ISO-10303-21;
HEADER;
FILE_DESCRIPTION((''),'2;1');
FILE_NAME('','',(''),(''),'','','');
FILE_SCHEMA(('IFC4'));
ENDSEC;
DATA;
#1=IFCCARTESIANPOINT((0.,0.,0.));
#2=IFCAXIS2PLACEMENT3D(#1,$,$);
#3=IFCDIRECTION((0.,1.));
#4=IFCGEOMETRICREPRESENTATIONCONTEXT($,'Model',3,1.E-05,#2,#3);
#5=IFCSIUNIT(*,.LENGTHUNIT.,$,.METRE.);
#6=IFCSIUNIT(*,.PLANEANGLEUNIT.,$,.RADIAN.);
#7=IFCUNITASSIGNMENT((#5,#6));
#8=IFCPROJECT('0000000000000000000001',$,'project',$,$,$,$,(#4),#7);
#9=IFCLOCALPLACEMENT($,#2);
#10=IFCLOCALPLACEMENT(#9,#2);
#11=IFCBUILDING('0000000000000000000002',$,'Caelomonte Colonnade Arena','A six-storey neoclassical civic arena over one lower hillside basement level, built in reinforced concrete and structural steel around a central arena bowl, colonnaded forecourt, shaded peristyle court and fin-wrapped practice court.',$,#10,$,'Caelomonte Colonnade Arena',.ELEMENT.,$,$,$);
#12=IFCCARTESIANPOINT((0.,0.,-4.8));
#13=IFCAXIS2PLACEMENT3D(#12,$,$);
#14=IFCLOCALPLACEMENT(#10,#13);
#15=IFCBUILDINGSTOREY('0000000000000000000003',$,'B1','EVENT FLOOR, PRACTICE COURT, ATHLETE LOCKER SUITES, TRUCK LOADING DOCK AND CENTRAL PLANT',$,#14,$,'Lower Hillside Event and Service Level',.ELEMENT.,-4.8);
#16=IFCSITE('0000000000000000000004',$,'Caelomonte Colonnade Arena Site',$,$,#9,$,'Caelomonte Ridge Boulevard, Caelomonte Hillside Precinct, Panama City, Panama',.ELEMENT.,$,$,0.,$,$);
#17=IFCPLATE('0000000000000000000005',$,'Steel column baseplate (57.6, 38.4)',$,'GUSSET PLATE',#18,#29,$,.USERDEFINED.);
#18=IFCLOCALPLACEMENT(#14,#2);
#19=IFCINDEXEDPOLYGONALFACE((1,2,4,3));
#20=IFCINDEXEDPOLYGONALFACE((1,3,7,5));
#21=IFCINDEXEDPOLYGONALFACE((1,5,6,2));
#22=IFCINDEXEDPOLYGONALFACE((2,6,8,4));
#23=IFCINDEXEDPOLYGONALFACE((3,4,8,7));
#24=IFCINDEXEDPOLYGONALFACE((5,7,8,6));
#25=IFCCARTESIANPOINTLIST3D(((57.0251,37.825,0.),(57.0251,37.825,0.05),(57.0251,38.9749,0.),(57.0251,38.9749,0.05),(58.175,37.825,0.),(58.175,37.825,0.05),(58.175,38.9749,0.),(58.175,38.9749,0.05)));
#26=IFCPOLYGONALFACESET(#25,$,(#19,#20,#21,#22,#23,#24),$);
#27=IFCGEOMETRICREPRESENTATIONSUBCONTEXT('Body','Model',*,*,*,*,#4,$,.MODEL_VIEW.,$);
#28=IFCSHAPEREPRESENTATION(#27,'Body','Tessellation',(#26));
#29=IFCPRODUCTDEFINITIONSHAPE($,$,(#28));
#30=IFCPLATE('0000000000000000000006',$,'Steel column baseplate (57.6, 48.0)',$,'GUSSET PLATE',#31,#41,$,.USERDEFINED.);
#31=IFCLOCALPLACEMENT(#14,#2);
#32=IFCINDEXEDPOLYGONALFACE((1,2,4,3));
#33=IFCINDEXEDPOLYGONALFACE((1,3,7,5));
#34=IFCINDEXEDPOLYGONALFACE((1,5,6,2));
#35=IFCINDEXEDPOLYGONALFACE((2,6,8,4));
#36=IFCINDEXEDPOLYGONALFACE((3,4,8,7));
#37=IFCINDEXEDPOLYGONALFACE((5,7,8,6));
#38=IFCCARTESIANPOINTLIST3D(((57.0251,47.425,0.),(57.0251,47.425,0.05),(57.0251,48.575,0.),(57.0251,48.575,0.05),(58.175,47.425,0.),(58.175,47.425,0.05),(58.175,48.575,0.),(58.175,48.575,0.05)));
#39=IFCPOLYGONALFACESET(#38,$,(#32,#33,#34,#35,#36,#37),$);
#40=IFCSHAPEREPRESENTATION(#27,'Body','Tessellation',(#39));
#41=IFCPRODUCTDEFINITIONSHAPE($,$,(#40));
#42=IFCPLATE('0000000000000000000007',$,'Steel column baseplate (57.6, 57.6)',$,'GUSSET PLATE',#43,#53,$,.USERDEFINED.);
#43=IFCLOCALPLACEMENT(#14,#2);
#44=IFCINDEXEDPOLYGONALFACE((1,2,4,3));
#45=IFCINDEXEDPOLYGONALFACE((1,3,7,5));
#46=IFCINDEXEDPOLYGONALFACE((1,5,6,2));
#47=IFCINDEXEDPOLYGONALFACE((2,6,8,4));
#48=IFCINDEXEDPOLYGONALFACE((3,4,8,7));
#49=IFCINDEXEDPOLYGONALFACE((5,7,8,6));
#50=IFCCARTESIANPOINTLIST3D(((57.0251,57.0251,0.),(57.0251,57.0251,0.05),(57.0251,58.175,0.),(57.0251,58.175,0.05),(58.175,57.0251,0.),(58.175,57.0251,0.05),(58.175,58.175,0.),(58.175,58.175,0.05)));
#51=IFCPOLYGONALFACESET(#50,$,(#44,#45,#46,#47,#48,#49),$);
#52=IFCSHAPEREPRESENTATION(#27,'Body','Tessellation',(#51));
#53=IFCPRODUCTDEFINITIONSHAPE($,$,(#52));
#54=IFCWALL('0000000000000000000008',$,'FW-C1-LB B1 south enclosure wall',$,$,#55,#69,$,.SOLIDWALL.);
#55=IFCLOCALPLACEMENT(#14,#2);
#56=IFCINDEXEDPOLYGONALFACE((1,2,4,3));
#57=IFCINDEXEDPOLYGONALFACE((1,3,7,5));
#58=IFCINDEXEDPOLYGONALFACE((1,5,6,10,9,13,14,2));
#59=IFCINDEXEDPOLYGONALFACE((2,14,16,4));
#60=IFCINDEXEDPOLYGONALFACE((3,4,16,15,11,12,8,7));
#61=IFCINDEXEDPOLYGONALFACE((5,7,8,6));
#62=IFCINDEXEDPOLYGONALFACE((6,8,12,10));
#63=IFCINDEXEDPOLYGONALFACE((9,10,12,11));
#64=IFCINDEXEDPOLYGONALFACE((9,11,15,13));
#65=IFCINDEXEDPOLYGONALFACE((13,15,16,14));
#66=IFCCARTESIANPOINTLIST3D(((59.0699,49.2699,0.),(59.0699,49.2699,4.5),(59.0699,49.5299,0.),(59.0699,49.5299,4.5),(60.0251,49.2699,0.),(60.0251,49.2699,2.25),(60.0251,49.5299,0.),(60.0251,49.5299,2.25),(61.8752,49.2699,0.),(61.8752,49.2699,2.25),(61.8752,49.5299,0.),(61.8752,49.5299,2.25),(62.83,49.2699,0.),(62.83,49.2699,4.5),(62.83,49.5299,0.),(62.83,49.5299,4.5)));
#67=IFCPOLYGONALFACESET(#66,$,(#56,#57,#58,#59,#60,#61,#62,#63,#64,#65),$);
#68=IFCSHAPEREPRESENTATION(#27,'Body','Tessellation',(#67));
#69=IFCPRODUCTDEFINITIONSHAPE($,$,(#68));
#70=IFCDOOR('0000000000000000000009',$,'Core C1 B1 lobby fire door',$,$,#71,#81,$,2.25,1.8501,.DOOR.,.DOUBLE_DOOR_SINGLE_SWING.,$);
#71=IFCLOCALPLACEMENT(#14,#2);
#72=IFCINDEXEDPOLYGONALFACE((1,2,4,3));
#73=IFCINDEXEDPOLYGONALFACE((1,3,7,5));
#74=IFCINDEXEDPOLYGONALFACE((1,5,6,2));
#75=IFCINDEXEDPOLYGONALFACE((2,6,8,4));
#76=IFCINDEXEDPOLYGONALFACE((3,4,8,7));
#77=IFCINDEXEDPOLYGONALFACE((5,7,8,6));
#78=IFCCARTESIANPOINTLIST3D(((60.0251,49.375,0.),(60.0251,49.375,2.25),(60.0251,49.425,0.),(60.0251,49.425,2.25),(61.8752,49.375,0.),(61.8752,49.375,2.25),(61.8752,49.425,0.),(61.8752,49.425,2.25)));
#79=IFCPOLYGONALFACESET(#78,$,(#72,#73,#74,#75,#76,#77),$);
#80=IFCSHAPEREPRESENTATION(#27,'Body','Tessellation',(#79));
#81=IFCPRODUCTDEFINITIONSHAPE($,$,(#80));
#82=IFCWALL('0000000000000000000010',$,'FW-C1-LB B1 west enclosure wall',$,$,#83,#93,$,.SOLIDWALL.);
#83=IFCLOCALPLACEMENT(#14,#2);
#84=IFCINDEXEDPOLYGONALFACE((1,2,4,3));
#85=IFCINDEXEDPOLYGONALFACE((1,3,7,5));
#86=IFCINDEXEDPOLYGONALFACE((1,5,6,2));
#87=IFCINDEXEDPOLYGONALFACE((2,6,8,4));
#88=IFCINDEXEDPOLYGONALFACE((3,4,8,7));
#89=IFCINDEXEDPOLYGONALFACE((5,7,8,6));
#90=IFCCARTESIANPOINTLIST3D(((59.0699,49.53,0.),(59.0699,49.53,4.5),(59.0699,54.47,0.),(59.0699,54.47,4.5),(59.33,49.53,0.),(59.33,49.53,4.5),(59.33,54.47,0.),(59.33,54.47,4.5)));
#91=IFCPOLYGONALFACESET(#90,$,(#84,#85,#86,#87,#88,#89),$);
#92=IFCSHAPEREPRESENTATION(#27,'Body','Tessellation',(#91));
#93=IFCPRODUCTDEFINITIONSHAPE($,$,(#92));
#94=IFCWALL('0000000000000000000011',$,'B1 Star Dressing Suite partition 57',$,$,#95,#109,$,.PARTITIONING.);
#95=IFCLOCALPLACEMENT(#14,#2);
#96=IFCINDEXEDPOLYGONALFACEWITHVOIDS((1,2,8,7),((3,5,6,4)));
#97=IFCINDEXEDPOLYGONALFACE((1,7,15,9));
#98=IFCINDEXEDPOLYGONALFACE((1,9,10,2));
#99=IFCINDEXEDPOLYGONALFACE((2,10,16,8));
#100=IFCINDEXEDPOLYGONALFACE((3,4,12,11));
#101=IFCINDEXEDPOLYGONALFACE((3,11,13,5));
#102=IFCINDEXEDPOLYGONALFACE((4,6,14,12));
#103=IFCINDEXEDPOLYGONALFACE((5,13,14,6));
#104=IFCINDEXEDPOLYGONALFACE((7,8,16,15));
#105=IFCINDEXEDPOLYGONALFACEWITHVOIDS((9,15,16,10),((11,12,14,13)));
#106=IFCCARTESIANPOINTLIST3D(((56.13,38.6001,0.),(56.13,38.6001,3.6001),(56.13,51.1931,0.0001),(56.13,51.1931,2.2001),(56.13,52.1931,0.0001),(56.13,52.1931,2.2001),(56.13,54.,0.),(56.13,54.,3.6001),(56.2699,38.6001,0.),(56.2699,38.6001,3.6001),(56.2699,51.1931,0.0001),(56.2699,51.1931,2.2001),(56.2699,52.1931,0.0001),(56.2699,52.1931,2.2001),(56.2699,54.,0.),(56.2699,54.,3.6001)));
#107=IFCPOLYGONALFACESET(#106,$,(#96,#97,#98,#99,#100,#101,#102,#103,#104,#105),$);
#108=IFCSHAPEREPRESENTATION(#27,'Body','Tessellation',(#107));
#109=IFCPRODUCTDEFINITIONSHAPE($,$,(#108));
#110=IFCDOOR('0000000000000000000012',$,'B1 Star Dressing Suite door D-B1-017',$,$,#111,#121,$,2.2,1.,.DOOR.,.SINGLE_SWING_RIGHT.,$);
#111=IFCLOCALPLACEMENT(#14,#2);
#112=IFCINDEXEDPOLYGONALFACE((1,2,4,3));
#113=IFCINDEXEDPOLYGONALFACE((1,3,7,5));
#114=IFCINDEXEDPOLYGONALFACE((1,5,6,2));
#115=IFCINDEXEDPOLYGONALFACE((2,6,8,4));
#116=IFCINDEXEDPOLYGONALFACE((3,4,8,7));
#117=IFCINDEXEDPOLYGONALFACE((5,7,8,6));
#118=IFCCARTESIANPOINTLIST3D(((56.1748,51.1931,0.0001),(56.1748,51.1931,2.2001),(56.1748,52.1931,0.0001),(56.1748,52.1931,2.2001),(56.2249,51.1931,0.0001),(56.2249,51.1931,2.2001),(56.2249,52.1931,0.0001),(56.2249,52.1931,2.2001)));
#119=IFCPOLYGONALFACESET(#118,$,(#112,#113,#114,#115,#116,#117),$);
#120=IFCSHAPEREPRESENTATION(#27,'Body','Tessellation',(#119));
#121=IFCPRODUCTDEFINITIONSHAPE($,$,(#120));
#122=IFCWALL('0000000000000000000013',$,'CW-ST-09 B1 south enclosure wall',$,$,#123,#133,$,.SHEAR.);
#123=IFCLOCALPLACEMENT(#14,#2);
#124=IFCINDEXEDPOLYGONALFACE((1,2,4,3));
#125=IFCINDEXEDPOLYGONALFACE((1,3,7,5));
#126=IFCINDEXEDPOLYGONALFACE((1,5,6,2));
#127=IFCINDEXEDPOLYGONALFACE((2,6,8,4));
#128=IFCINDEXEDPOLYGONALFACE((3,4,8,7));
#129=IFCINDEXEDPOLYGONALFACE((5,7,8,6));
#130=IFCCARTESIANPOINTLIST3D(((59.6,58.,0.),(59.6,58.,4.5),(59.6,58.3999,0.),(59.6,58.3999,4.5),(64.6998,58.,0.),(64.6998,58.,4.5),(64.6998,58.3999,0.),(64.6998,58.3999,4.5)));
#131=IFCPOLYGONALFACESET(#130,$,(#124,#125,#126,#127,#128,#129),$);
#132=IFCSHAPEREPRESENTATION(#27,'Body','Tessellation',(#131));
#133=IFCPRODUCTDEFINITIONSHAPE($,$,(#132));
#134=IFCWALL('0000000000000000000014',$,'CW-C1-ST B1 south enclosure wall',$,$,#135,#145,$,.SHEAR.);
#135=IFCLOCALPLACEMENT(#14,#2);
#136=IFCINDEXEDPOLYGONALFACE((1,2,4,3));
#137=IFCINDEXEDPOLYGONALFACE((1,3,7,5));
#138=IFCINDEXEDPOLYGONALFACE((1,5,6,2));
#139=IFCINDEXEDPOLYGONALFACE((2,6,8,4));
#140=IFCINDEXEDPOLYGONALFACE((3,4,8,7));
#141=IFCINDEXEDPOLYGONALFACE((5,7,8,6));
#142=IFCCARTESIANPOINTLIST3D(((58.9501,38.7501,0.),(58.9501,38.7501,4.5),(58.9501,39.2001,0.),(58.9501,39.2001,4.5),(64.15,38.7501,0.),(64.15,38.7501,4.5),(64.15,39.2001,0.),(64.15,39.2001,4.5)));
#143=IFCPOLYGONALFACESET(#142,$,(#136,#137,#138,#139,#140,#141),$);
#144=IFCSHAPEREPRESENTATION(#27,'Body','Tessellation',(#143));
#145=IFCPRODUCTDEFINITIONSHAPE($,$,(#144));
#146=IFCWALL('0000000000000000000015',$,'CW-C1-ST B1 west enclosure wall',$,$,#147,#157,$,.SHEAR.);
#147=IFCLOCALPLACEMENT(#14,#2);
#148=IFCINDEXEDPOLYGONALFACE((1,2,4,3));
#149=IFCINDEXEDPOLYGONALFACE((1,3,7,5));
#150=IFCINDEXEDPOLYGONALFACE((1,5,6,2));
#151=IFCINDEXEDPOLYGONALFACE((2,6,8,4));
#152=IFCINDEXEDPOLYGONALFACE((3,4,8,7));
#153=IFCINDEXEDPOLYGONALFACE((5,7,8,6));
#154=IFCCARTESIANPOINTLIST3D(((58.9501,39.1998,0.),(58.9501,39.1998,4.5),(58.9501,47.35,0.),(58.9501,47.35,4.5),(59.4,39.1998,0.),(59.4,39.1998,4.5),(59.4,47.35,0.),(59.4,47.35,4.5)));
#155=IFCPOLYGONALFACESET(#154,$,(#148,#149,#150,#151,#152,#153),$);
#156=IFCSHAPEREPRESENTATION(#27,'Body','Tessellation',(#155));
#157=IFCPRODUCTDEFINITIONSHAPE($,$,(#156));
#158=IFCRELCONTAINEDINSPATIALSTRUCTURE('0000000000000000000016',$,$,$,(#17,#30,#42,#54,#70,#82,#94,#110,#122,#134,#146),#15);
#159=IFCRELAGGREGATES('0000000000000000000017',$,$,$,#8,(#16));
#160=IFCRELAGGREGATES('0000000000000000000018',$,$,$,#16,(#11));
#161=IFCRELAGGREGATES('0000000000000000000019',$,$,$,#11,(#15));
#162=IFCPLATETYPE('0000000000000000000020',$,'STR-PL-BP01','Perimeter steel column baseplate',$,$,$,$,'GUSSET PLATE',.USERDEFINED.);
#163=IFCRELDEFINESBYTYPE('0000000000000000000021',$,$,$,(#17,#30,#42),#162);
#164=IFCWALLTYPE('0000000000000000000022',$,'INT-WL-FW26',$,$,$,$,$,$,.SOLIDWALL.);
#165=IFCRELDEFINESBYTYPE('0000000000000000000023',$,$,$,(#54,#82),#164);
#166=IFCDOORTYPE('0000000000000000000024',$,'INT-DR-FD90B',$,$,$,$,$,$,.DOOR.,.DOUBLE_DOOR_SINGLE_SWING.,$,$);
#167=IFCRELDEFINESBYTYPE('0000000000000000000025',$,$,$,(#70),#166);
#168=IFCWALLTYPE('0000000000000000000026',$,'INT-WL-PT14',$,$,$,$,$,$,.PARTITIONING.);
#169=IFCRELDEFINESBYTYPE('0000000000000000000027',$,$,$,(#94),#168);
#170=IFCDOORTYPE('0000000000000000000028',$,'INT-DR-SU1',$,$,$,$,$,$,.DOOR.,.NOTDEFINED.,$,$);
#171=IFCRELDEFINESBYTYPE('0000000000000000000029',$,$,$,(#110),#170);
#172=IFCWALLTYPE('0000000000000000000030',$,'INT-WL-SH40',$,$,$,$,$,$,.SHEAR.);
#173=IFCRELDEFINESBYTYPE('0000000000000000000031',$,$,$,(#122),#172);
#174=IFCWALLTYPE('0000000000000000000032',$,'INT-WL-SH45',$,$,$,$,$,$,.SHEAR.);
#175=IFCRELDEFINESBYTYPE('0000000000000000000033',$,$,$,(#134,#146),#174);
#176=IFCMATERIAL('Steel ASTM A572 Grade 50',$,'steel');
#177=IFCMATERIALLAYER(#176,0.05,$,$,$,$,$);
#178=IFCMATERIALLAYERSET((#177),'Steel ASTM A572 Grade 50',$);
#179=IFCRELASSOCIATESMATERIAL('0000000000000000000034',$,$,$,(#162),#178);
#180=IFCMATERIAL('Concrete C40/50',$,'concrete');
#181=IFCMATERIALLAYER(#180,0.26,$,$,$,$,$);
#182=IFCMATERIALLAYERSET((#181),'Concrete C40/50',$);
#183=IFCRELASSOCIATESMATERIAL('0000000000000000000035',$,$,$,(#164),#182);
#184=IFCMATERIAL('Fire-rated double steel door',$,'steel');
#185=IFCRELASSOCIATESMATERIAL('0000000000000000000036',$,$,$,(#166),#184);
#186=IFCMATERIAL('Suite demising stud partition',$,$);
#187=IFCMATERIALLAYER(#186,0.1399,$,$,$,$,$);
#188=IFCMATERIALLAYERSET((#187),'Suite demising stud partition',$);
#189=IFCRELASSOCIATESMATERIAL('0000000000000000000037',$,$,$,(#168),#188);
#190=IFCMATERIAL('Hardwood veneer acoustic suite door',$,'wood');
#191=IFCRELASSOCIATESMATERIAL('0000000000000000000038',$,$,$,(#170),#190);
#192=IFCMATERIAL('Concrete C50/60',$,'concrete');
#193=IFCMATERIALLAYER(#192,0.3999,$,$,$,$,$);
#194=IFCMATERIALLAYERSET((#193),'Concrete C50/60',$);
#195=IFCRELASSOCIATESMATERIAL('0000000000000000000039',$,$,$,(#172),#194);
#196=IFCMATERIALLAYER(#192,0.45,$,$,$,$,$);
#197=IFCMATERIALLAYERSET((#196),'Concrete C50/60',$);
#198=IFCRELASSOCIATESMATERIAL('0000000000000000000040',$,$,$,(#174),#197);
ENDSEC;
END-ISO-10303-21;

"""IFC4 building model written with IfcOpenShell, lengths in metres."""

from ifc_helpers import new_model, si_unit, direction, frame, frame_2d, origin, origin_2d, place, context, subcontext, project, spatial, rectangle, extrude, material, layer, layer_set, type_object, element, fill, save


model = new_model("IFC4")

# Units and contexts
model_context = context("Model", 3, precision=1e-05, world=origin(), true_north=direction((0.0, 1.0)))
body_context = subcontext(model_context, "Body", "Model", "MODEL_VIEW")
ifc_project = project(units=[si_unit("LENGTHUNIT", "METRE"), si_unit("PLANEANGLEUNIT", "RADIAN")], contexts=[model_context])

# Site, building, storey
site_placement = place(None, origin())
site = spatial("IfcSite", under=ifc_project, at=site_placement, Name="Caelomonte Colonnade Arena Site", LongName="Caelomonte Ridge Boulevard, Caelomonte Hillside Precinct, Panama City, Panama", CompositionType="ELEMENT", RefElevation=0.0)
building_placement = place(site_placement, origin())
building = spatial("IfcBuilding", under=site, at=building_placement, Name="Caelomonte Colonnade Arena", Description="A six-storey neoclassical civic arena over one lower hillside basement level, built in reinforced concrete and structural steel around a central arena bowl, colonnaded forecourt, shaded peristyle court and fin-wrapped practice court.", LongName="Caelomonte Colonnade Arena", CompositionType="ELEMENT")
storey_placement = place(building_placement, frame((0.0, 0.0, -4.8)))
storey = spatial("IfcBuildingStorey", under=building, at=storey_placement, Name="B1", Description="EVENT FLOOR, PRACTICE COURT, ATHLETE LOCKER SUITES, TRUCK LOADING DOCK AND CENTRAL PLANT", LongName="Lower Hillside Event and Service Level", CompositionType="ELEMENT", Elevation=-4.8)

# Shared definitions
ifc_material_1 = material(Name="Concrete C40/50", Category="concrete")

# Plates
ifc_material_2 = material(Name="Steel ASTM A572 Grade 50", Category="steel")
ifc_layer_1 = layer(ifc_material_2, 0.05)
ifc_layer_set_1 = layer_set([ifc_layer_1], Name="Steel ASTM A572 Grade 50")
plate_type = type_object("IfcPlateType", Name="STR-PL-BP01", Description="Perimeter steel column baseplate", ElementType="GUSSET PLATE", PredefinedType="USERDEFINED", material=ifc_layer_set_1)
for number, where, z_axis, x_axis, name in (
    (1, (57.6001, 38.3999, 0.0), (0.0, 0.0, 1.0), (1.0, 0.0, 0.0), "Steel column baseplate (57.6, 38.4)"),
    (2, (57.6001, 48.0, 0.0), (0.0, 0.0, 1.0), (1.0, 0.0, 0.0), "Steel column baseplate (57.6, 48.0)"),
    (3, (57.6001, 57.6001, 0.0), (0.0, 0.0, 1.0), (1.0, 0.0, 0.0), "Steel column baseplate (57.6, 57.6)"),
):
    element("IfcPlate", number, at=place(storey_placement, frame(where, z_axis=z_axis, x_axis=x_axis)), inside=storey, type_object=plate_type, Name=name, ObjectType="GUSSET PLATE", PredefinedType="USERDEFINED", context=body_context, shape_type="SweptSolid", body=[
        extrude(rectangle(XDim=1.1499, YDim=1.1499, at=origin_2d()), origin(), (0.0, 0.0, 1.0), 0.05),
    ])

# Wall, opening, door
ifc_layer_2 = layer(ifc_material_1, 0.26)
ifc_layer_set_2 = layer_set([ifc_layer_2], Name="Concrete C40/50")
wall_type_1 = type_object("IfcWallType", Name="INT-WL-FW26", PredefinedType="SOLIDWALL", material=ifc_layer_set_2)
wall_1_placement = place(storey_placement, frame((59.0701, 49.3999, 0.0), z_axis=(0.0, 0.0, 1.0), x_axis=(1.0, 0.0, 0.0)))
wall_1 = element("IfcWall", 4, at=wall_1_placement, inside=storey, type_object=wall_type_1, Name="FW-C1-LB B1 south enclosure wall", PredefinedType="SOLIDWALL", context=body_context, shape_type="SweptSolid", body=[
    extrude(rectangle(XDim=3.76, YDim=0.26, at=frame_2d((1.8799, 0.0))), origin(), (0.0, 0.0, 1.0), 4.5),
])
opening_1_placement = place(wall_1_placement, frame((2.8052, 0.0, 0.0), z_axis=(0.0, 0.0, 1.0), x_axis=(-1.0, 0.0, 0.0)))
opening_1 = element("IfcOpeningElement", 5, at=opening_1_placement, cuts=wall_1, PredefinedType="OPENING", context=body_context, shape_type="SweptSolid", body=[
    extrude(rectangle(XDim=1.8501, YDim=2.25, at=frame_2d((0.925, 1.125))), frame((0.0, 0.1399, 0.0), z_axis=(0.0, -1.0, 0.0), x_axis=(1.0, 0.0, 0.0)), (0.0, 0.0, 1.0), 0.28),
])
ifc_material_3 = material(Name="Fire-rated double steel door", Category="steel")
door_type_1 = type_object("IfcDoorType", Name="INT-DR-FD90B", OperationType="DOUBLE_DOOR_SINGLE_SWING", PredefinedType="DOOR", material=ifc_material_3)
door_1_placement = place(opening_1_placement, origin())
door_1 = element("IfcDoor", 6, at=door_1_placement, inside=storey, type_object=door_type_1, Name="Core C1 B1 lobby fire door", OperationType="DOUBLE_DOOR_SINGLE_SWING", OverallHeight=2.25, OverallWidth=1.8501, PredefinedType="DOOR", context=body_context, shape_type="SweptSolid", body=[
    extrude(rectangle(XDim=1.8501, YDim=2.25, at=frame_2d((0.925, 1.125))), frame((0.0, 0.0249, 0.0), z_axis=(0.0, -1.0, 0.0), x_axis=(1.0, 0.0, 0.0)), (0.0, 0.0, 1.0), 0.05),
])
fill(opening_1, door_1)

# Wall
wall_2_placement = place(storey_placement, frame((59.2, 54.47, 0.0), z_axis=(0.0, 0.0, 1.0), x_axis=(0.0, -1.0, 0.0)))
element("IfcWall", 7, at=wall_2_placement, inside=storey, type_object=wall_type_1, Name="FW-C1-LB B1 west enclosure wall", PredefinedType="SOLIDWALL", context=body_context, shape_type="SweptSolid", body=[
    extrude(rectangle(XDim=4.9399, YDim=0.26, at=frame_2d((2.47, 0.0))), origin(), (0.0, 0.0, 1.0), 4.5),
])

# Wall, opening, door
ifc_material_4 = material(Name="Suite demising stud partition")
ifc_layer_3 = layer(ifc_material_4, 0.1399)
ifc_layer_set_3 = layer_set([ifc_layer_3], Name="Suite demising stud partition")
wall_type_2 = type_object("IfcWallType", Name="INT-WL-PT14", PredefinedType="PARTITIONING", material=ifc_layer_set_3)
wall_3_placement = place(storey_placement, frame((56.2, 54.0, 0.0), z_axis=(0.0, 0.0, 1.0), x_axis=(0.0, -1.0, 0.0)))
wall_3 = element("IfcWall", 8, at=wall_3_placement, inside=storey, type_object=wall_type_2, Name="B1 Star Dressing Suite partition 57", PredefinedType="PARTITIONING", context=body_context, shape_type="SweptSolid", body=[
    extrude(rectangle(XDim=15.3999, YDim=0.1399, at=frame_2d((7.7, 0.0))), origin(), (0.0, 0.0, 1.0), 3.6001),
])
opening_2_placement = place(wall_3_placement, frame((1.8069, 0.0, 0.0), z_axis=(0.0, 0.0, 1.0), x_axis=(1.0, 0.0, 0.0)))
opening_2 = element("IfcOpeningElement", 9, at=opening_2_placement, cuts=wall_3, PredefinedType="OPENING", context=body_context, shape_type="SweptSolid", body=[
    extrude(rectangle(XDim=1.0, YDim=2.2, at=frame_2d((0.5, 1.1001))), frame((0.0, 0.0798, 0.0), z_axis=(0.0, -1.0, 0.0), x_axis=(1.0, 0.0, 0.0)), (0.0, 0.0, 1.0), 0.1599),
])
ifc_material_5 = material(Name="Hardwood veneer acoustic suite door", Category="wood")
door_type_2 = type_object("IfcDoorType", Name="INT-DR-SU1", OperationType="NOTDEFINED", PredefinedType="DOOR", material=ifc_material_5)
door_2_placement = place(opening_2_placement, origin())
door_2 = element("IfcDoor", 10, at=door_2_placement, inside=storey, type_object=door_type_2, Name="B1 Star Dressing Suite door D-B1-017", OperationType="SINGLE_SWING_RIGHT", OverallHeight=2.2, OverallWidth=1.0, PredefinedType="DOOR", context=body_context, shape_type="SweptSolid", body=[
    extrude(rectangle(XDim=1.0, YDim=2.2, at=frame_2d((0.5, 1.1001))), frame((0.0, 0.0249, 0.0), z_axis=(0.0, -1.0, 0.0), x_axis=(1.0, 0.0, 0.0)), (0.0, 0.0, 1.0), 0.05),
])
fill(opening_2, door_2)

# Walls
ifc_material_6 = material(Name="Concrete C50/60", Category="concrete")
ifc_layer_4 = layer(ifc_material_6, 0.3999)
ifc_layer_set_4 = layer_set([ifc_layer_4], Name="Concrete C50/60")
wall_type_3 = type_object("IfcWallType", Name="INT-WL-SH40", PredefinedType="SHEAR", material=ifc_layer_set_4)
wall_4_placement = place(storey_placement, frame((59.6001, 58.2, 0.0), z_axis=(0.0, 0.0, 1.0), x_axis=(1.0, 0.0, 0.0)))
element("IfcWall", 11, at=wall_4_placement, inside=storey, type_object=wall_type_3, Name="CW-ST-09 B1 south enclosure wall", PredefinedType="SHEAR", context=body_context, shape_type="SweptSolid", body=[
    extrude(rectangle(XDim=5.0999, YDim=0.3999, at=frame_2d((2.5498, 0.0))), origin(), (0.0, 0.0, 1.0), 4.5),
])
ifc_layer_5 = layer(ifc_material_6, 0.45)
ifc_layer_set_5 = layer_set([ifc_layer_5], Name="Concrete C50/60")
wall_type_4 = type_object("IfcWallType", Name="INT-WL-SH45", PredefinedType="SHEAR", material=ifc_layer_set_5)
wall_5_placement = place(storey_placement, frame((58.95, 38.9751, 0.0), z_axis=(0.0, 0.0, 1.0), x_axis=(1.0, 0.0, 0.0)))
element("IfcWall", 12, at=wall_5_placement, inside=storey, type_object=wall_type_4, Name="CW-C1-ST B1 south enclosure wall", PredefinedType="SHEAR", context=body_context, shape_type="SweptSolid", body=[
    extrude(rectangle(XDim=5.2, YDim=0.45, at=frame_2d((2.6001, 0.0))), origin(), (0.0, 0.0, 1.0), 4.5),
])
wall_6_placement = place(storey_placement, frame((59.175, 47.3501, 0.0), z_axis=(0.0, 0.0, 1.0), x_axis=(0.0, -1.0, 0.0)))
element("IfcWall", 13, at=wall_6_placement, inside=storey, type_object=wall_type_4, Name="CW-C1-ST B1 west enclosure wall", PredefinedType="SHEAR", context=body_context, shape_type="SweptSolid", body=[
    extrude(rectangle(XDim=8.1501, YDim=0.45, at=frame_2d((4.0752, 0.0))), origin(), (0.0, 0.0, 1.0), 4.5),
])

save(model, "model.ifc")
